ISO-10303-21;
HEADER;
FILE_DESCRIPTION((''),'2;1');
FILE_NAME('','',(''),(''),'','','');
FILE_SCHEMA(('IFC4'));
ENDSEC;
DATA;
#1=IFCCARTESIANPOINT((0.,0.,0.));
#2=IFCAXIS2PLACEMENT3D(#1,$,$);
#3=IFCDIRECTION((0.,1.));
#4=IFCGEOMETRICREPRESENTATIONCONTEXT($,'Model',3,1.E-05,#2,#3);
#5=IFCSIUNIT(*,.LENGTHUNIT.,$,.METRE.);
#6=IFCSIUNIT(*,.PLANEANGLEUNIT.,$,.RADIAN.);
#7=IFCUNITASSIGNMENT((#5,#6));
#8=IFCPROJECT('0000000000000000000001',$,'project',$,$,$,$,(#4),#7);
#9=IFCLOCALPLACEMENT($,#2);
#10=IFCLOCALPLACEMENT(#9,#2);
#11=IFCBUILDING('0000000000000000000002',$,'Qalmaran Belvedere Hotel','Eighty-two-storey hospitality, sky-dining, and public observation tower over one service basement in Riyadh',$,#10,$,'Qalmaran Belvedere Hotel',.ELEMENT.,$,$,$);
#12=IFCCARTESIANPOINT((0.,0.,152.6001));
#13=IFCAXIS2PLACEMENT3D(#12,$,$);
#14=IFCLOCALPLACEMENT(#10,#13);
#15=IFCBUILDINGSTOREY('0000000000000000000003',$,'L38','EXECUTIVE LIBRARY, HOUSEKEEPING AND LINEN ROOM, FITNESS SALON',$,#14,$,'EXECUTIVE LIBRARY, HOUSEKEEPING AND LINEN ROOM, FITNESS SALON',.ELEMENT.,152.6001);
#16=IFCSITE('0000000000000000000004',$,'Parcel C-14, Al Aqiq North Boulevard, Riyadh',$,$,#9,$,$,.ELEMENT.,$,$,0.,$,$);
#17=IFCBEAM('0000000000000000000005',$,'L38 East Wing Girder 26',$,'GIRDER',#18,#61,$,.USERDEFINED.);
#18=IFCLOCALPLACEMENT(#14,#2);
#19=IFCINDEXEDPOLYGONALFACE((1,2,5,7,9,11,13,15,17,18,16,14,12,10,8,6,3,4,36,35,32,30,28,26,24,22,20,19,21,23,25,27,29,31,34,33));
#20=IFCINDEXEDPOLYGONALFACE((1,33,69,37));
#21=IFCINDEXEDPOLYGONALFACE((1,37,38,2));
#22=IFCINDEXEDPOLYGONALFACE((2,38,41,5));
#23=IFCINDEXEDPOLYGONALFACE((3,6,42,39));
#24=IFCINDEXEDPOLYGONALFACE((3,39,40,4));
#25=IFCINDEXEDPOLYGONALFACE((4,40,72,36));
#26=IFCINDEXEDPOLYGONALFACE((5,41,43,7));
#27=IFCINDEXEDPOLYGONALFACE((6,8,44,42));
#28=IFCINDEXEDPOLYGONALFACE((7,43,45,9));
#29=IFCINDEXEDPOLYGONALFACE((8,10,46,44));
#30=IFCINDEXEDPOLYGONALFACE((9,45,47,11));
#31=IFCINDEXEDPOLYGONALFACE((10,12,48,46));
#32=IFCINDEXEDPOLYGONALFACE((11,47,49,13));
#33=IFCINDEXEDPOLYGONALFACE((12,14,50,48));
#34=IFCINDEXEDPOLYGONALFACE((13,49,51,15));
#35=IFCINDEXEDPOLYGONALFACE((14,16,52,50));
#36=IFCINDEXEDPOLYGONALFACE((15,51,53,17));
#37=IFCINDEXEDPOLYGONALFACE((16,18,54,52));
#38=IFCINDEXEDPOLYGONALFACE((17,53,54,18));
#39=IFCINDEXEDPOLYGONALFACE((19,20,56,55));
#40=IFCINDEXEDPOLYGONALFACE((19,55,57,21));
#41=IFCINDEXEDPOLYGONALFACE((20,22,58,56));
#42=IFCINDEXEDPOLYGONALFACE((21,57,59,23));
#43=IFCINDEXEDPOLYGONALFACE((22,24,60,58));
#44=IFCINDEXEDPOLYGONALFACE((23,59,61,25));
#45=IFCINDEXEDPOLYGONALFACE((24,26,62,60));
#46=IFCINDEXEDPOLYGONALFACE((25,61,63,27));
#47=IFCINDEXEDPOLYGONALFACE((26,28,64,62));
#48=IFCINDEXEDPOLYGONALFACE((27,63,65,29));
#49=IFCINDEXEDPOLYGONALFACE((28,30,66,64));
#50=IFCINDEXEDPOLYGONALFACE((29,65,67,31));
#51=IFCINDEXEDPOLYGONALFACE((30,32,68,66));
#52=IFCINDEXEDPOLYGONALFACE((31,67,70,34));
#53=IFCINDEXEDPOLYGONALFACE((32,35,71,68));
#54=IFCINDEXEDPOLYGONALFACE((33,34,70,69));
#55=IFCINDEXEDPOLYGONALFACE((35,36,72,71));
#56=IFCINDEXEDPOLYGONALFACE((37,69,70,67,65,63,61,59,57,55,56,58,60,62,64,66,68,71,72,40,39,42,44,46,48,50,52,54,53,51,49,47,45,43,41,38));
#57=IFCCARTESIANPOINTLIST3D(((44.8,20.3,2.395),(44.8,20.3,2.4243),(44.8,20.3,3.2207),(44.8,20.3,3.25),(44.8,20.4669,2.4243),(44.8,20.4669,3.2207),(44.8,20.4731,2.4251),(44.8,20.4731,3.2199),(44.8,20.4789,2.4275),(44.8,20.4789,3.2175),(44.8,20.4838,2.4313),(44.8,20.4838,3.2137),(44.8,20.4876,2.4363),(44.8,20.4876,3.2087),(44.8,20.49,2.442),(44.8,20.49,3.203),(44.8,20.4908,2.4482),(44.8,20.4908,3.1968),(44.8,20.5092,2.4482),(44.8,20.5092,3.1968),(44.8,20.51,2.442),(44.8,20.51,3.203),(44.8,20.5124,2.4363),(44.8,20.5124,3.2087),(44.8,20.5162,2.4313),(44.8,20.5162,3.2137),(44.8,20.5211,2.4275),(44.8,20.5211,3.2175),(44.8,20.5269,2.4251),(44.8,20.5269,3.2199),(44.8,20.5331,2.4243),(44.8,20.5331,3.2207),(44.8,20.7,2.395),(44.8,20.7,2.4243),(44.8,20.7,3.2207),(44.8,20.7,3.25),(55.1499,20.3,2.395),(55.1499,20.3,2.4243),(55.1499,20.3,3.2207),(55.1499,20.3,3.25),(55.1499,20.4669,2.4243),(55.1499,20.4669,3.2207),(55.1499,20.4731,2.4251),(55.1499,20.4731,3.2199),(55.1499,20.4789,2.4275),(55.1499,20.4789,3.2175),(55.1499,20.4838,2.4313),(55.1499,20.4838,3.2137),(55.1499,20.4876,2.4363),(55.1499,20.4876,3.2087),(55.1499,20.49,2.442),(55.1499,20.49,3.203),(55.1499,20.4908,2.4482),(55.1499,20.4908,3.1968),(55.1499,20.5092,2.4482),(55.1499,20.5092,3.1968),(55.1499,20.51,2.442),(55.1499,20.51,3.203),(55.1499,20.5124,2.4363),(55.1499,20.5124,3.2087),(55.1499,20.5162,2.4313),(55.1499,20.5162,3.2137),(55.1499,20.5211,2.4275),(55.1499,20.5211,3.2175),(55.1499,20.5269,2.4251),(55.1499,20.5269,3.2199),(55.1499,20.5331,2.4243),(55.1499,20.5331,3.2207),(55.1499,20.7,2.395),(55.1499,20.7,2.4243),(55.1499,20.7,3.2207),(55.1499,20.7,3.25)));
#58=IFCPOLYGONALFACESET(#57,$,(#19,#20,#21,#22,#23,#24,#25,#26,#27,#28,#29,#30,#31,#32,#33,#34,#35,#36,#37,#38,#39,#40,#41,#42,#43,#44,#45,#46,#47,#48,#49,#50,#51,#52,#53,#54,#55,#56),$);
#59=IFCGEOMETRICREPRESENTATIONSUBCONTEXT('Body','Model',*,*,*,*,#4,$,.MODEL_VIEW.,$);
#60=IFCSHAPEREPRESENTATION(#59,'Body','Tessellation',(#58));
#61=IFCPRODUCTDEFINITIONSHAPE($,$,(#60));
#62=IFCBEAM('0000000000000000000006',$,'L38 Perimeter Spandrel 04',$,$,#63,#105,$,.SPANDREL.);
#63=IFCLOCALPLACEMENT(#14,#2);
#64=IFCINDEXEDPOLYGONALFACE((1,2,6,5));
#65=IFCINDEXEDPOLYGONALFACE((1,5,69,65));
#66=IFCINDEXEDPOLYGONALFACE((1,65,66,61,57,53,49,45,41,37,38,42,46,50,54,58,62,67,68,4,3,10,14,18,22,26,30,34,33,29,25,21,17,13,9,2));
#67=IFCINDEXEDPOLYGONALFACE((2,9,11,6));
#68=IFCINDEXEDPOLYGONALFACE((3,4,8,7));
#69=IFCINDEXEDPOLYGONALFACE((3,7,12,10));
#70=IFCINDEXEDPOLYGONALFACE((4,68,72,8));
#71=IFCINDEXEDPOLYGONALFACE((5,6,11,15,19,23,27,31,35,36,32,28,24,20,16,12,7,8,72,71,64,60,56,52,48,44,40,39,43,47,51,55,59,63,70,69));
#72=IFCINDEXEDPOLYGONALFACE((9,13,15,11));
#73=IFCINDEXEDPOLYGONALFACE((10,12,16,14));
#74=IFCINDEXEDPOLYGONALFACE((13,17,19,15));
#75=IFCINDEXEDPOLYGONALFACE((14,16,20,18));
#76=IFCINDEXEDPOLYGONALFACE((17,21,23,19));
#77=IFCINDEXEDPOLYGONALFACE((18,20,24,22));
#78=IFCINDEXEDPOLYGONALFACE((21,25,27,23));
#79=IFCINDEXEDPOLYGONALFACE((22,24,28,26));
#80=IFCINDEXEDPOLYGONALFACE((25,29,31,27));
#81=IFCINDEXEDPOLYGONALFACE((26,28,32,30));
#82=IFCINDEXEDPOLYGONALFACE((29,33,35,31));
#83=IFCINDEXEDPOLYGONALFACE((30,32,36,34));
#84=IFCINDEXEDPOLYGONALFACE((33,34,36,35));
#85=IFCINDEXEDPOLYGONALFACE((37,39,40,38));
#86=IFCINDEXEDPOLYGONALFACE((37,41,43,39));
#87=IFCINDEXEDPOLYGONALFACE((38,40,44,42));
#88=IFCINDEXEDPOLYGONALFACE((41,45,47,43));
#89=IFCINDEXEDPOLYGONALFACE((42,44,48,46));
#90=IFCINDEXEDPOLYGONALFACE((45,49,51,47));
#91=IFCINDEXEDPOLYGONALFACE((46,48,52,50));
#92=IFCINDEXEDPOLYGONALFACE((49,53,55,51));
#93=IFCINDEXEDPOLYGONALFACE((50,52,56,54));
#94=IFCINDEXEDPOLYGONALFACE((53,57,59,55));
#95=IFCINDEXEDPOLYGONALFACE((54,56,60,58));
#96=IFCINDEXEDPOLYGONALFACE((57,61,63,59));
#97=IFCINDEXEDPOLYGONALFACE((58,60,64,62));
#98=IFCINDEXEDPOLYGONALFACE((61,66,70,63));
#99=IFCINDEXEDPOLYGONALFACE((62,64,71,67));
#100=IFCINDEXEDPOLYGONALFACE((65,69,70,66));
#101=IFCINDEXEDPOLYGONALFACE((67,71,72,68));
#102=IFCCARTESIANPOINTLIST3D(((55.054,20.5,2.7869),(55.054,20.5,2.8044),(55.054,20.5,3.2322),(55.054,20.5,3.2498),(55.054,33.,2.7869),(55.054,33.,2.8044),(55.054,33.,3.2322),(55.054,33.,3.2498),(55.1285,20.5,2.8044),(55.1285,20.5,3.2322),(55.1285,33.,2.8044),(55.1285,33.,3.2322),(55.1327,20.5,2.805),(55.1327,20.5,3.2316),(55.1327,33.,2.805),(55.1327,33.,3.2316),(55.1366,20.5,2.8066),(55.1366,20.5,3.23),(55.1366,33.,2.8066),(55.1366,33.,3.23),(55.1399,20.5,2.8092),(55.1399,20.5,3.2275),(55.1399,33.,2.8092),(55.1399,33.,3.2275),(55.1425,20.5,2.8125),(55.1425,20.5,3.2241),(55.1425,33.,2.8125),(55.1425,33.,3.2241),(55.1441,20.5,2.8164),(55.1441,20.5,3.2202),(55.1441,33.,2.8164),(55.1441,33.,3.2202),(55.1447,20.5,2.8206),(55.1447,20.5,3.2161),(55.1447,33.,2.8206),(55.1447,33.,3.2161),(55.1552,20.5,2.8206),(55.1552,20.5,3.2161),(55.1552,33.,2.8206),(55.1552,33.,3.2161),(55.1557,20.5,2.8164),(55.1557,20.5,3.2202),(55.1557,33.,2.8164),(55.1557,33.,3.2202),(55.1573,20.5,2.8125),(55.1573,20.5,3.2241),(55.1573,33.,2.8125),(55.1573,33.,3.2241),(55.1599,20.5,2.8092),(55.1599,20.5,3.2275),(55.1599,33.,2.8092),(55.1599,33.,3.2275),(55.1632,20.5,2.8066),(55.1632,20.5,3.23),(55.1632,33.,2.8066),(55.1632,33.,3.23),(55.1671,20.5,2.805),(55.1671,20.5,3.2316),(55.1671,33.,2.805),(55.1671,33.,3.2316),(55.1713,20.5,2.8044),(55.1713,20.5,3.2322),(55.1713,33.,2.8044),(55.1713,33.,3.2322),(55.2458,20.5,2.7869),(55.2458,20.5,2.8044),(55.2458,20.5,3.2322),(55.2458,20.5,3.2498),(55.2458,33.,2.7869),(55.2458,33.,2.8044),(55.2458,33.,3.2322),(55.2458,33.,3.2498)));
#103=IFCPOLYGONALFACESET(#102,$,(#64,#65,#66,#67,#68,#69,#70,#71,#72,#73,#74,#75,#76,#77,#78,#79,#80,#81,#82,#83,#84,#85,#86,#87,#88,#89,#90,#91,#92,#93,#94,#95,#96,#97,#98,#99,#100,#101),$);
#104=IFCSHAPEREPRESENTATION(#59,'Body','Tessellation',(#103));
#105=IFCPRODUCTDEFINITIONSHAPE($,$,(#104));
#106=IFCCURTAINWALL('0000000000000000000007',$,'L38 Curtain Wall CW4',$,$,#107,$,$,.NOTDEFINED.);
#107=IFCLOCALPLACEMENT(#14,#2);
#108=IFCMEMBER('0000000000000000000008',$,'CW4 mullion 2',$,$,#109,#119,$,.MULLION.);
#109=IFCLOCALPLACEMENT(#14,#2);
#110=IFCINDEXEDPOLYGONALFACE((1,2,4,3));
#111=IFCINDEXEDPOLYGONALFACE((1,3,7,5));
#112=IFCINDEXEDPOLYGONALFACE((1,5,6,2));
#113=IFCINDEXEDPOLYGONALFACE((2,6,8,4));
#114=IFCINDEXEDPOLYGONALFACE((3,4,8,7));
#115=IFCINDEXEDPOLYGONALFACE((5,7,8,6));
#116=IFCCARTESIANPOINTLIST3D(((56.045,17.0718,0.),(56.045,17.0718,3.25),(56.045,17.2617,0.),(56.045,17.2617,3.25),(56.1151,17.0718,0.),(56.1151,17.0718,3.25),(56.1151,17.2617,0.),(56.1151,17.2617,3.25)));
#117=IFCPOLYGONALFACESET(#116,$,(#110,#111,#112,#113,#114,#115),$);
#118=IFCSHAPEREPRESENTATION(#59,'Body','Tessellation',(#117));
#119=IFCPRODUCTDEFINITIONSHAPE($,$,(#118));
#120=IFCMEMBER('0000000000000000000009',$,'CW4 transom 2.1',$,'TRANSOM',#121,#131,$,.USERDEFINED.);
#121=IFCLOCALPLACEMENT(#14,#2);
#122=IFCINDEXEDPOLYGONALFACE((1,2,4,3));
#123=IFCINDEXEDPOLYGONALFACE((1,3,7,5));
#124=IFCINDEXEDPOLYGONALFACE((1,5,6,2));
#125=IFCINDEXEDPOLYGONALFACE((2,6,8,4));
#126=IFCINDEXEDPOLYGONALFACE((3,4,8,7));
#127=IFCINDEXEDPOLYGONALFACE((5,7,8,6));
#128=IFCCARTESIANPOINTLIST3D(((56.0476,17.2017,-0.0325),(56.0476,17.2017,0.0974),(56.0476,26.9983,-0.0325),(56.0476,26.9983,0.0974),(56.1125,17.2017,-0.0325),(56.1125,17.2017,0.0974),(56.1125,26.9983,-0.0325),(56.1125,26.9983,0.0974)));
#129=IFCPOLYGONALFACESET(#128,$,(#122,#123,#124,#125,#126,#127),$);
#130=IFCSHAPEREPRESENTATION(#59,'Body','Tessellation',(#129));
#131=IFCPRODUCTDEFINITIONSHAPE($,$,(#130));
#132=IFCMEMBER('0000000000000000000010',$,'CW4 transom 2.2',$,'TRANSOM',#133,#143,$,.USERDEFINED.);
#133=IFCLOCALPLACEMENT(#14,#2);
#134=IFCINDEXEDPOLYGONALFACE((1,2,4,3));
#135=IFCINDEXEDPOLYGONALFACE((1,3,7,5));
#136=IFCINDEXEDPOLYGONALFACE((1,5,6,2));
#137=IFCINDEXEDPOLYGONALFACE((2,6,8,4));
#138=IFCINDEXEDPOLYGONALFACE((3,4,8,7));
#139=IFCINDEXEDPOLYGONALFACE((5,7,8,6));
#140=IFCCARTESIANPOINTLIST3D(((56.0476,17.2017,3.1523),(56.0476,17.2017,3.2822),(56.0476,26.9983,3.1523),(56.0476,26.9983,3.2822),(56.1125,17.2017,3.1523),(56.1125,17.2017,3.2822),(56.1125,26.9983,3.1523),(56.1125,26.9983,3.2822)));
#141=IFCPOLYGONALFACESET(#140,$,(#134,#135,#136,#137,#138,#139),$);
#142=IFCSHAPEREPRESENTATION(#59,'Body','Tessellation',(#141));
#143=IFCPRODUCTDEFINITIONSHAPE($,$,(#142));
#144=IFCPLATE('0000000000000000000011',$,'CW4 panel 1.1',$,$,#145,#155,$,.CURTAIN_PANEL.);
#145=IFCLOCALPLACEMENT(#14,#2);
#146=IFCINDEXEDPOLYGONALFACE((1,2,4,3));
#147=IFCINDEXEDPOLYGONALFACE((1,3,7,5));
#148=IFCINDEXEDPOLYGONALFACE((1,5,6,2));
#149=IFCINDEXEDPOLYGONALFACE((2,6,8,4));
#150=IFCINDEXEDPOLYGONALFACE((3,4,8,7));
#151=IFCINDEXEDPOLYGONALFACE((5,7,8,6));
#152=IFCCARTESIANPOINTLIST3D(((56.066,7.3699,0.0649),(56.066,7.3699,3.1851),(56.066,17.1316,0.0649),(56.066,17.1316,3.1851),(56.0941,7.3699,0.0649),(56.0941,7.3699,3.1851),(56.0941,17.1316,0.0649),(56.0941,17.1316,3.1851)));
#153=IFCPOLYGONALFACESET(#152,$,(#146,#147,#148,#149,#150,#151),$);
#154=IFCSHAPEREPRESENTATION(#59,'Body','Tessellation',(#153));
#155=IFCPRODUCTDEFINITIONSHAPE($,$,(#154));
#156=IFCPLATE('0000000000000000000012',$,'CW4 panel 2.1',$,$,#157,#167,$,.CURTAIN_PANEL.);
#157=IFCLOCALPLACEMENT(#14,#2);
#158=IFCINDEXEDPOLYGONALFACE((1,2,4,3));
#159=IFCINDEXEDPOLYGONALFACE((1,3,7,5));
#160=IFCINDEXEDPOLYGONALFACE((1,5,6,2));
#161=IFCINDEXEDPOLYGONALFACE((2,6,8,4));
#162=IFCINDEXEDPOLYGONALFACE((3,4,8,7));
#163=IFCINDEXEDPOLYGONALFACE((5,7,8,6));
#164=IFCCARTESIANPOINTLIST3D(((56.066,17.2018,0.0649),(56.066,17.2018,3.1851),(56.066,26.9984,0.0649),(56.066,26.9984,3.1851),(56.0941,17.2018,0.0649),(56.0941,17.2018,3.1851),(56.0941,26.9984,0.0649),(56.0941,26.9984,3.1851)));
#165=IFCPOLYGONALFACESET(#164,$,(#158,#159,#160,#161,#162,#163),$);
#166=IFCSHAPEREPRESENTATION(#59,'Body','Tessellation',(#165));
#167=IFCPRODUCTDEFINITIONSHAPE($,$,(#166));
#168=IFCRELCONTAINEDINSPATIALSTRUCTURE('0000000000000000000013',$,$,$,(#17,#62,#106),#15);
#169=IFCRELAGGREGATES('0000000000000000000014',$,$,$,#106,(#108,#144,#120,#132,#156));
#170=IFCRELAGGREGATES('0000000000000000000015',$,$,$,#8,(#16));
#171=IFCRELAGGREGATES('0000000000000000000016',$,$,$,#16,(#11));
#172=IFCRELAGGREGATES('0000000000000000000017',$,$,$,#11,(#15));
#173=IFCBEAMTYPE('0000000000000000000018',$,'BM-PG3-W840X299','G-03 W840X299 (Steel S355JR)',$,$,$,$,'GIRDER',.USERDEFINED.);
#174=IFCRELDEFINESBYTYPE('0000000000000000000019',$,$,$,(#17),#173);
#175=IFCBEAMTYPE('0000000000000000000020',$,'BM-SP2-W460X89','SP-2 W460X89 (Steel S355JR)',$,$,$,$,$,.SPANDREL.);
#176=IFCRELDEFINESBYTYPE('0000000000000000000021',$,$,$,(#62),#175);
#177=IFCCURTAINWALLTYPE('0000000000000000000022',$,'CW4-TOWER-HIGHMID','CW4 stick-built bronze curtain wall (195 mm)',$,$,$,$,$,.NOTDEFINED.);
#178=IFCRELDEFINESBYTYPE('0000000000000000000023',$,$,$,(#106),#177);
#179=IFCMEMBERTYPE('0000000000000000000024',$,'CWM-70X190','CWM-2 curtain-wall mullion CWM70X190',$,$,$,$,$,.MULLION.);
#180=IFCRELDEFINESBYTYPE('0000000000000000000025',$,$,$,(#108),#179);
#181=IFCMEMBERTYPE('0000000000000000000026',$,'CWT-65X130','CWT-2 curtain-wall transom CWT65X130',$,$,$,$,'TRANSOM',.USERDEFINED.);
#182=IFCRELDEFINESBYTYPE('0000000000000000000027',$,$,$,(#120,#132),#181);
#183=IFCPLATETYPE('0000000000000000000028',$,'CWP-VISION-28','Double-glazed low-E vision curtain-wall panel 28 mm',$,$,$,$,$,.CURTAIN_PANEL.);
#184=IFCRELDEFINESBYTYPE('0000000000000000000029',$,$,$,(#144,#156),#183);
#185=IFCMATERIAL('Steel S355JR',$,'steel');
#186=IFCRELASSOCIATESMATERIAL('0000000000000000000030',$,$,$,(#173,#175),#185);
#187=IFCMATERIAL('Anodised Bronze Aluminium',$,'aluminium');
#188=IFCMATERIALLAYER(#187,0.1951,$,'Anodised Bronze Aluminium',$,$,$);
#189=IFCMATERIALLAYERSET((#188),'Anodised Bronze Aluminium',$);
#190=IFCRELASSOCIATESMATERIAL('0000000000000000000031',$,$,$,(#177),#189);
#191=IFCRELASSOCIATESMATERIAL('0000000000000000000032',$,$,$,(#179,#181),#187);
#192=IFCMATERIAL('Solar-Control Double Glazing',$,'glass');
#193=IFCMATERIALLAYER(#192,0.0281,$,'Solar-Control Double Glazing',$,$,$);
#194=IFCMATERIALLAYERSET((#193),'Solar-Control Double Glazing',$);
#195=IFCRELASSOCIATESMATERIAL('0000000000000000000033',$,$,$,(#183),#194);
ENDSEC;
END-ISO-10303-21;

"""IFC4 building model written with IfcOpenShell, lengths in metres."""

from ifc_helpers import new_model, si_unit, direction, frame, origin, origin_2d, place, context, subcontext, project, spatial, rectangle, i_section, extrude, material, layer, layer_set, material_profile, profile_set, type_object, element, aggregate, save


model = new_model("IFC4")

# Units and contexts
model_context = context("Model", 3, precision=1e-05, world=origin(), true_north=direction((0.0, 1.0)))
body_context = subcontext(model_context, "Body", "Model", "MODEL_VIEW")
ifc_project = project(units=[si_unit("LENGTHUNIT", "METRE"), si_unit("PLANEANGLEUNIT", "RADIAN")], contexts=[model_context])

# Site, building, storey
site_placement = place(None, origin())
site = spatial("IfcSite", under=ifc_project, at=site_placement, Name="Parcel C-14, Al Aqiq North Boulevard, Riyadh", CompositionType="ELEMENT", RefElevation=0.0)
building_placement = place(site_placement, origin())
building = spatial("IfcBuilding", under=site, at=building_placement, Name="Qalmaran Belvedere Hotel", Description="Eighty-two-storey hospitality, sky-dining, and public observation tower over one service basement in Riyadh", LongName="Qalmaran Belvedere Hotel", CompositionType="ELEMENT")
storey_placement = place(building_placement, frame((0.0, 0.0, 152.6001)))
storey = spatial("IfcBuildingStorey", under=building, at=storey_placement, Name="L38", Description="EXECUTIVE LIBRARY, HOUSEKEEPING AND LINEN ROOM, FITNESS SALON", LongName="EXECUTIVE LIBRARY, HOUSEKEEPING AND LINEN ROOM, FITNESS SALON", CompositionType="ELEMENT", Elevation=152.6001)

# Beams
ifc_material_1 = material(Name="Steel S355JR", Category="steel")
ifc_material_profile_1 = material_profile(ifc_material_1, i_section(OverallWidth=0.3999, OverallDepth=0.855, WebThickness=0.0183, FlangeThickness=0.0293, FilletRadius=0.0239, at=origin_2d()), Name="W840X299")
ifc_profile_set_1 = profile_set([ifc_material_profile_1], Name="Steel S355JR")
beam_type_1 = type_object("IfcBeamType", Name="BM-PG3-W840X299", Description="G-03 W840X299 (Steel S355JR)", ElementType="GIRDER", PredefinedType="USERDEFINED", material=ifc_profile_set_1)
beam_1_placement = place(storey_placement, frame((44.8, 20.5, 2.8225), z_axis=(1.0, 0.0, 0.0), x_axis=(0.0, 1.0, 0.0)))
element("IfcBeam", 1, at=beam_1_placement, inside=storey, type_object=beam_type_1, Name="L38 East Wing Girder 26", ObjectType="GIRDER", PredefinedType="USERDEFINED", context=body_context, shape_type="SweptSolid", body=[
    extrude(i_section(OverallWidth=0.3999, OverallDepth=0.855, WebThickness=0.0183, FlangeThickness=0.0293, FilletRadius=0.0239, at=origin_2d()), origin(), (0.0, 0.0, 1.0), 10.3499),
])
ifc_material_profile_2 = material_profile(ifc_material_1, i_section(OverallWidth=0.1919, OverallDepth=0.4629, WebThickness=0.0105, FlangeThickness=0.0176, FilletRadius=0.0161, at=origin_2d()), Name="W460X89")
ifc_profile_set_2 = profile_set([ifc_material_profile_2], Name="Steel S355JR")
beam_type_2 = type_object("IfcBeamType", Name="BM-SP2-W460X89", Description="SP-2 W460X89 (Steel S355JR)", PredefinedType="SPANDREL", material=ifc_profile_set_2)
beam_2_placement = place(storey_placement, frame((55.1499, 20.5, 3.0183), z_axis=(0.0, 1.0, 0.0), x_axis=(-1.0, 0.0, 0.0)))
element("IfcBeam", 2, at=beam_2_placement, inside=storey, type_object=beam_type_2, Name="L38 Perimeter Spandrel 04", PredefinedType="SPANDREL", context=body_context, shape_type="SweptSolid", body=[
    extrude(i_section(OverallWidth=0.1919, OverallDepth=0.4629, WebThickness=0.0105, FlangeThickness=0.0176, FilletRadius=0.0161, at=origin_2d()), origin(), (0.0, 0.0, 1.0), 12.5),
])

# Curtain wall, members, plates
ifc_material_2 = material(Name="Anodised Bronze Aluminium", Category="aluminium")
ifc_layer_1 = layer(ifc_material_2, 0.1951, Name="Anodised Bronze Aluminium")
ifc_layer_set_1 = layer_set([ifc_layer_1], Name="Anodised Bronze Aluminium")
curtain_wall_type = type_object("IfcCurtainWallType", Name="CW4-TOWER-HIGHMID", Description="CW4 stick-built bronze curtain wall (195 mm)", PredefinedType="NOTDEFINED", material=ifc_layer_set_1)
curtain_wall_placement = place(storey_placement, origin())
curtain_wall = element("IfcCurtainWall", 3, at=curtain_wall_placement, inside=storey, type_object=curtain_wall_type, Name="L38 Curtain Wall CW4", PredefinedType="NOTDEFINED")
ifc_material_profile_3 = material_profile(ifc_material_2, rectangle(XDim=0.0701, YDim=0.1899, at=origin_2d()), Name="CWM70X190")
ifc_profile_set_3 = profile_set([ifc_material_profile_3], Name="Anodised Bronze Aluminium")
member_type_1 = type_object("IfcMemberType", Name="CWM-70X190", Description="CWM-2 curtain-wall mullion CWM70X190", PredefinedType="MULLION", material=ifc_profile_set_3)
member_1_placement = place(storey_placement, frame((56.0801, 17.1667, 0.0), z_axis=(0.0, 0.0, 1.0), x_axis=(-1.0, 0.0, 0.0)))
member_1 = element("IfcMember", 4, at=member_1_placement, type_object=member_type_1, Name="CW4 mullion 2", PredefinedType="MULLION", context=body_context, shape_type="SweptSolid", body=[
    extrude(rectangle(XDim=0.0701, YDim=0.1899, at=origin_2d()), origin(), (0.0, 0.0, 1.0), 3.25),
])
ifc_material_profile_4 = material_profile(ifc_material_2, rectangle(XDim=0.0649, YDim=0.1299, at=origin_2d()), Name="CWT65X130")
ifc_profile_set_4 = profile_set([ifc_material_profile_4], Name="Anodised Bronze Aluminium")
member_type_2 = type_object("IfcMemberType", Name="CWT-65X130", Description="CWT-2 curtain-wall transom CWT65X130", ElementType="TRANSOM", PredefinedType="USERDEFINED", material=ifc_profile_set_4)
member_2_placement = place(storey_placement, frame((56.0801, 17.2017, 0.0325), z_axis=(0.0, 1.0, 0.0), x_axis=(-1.0, 0.0, 0.0)))
member_2 = element("IfcMember", 5, at=member_2_placement, type_object=member_type_2, Name="CW4 transom 2.1", ObjectType="TRANSOM", PredefinedType="USERDEFINED", context=body_context, shape_type="SweptSolid", body=[
    extrude(rectangle(XDim=0.0649, YDim=0.1299, at=origin_2d()), origin(), (0.0, 0.0, 1.0), 9.7966),
])
member_3_placement = place(storey_placement, frame((56.0801, 17.2017, 3.2173), z_axis=(0.0, 1.0, 0.0), x_axis=(-1.0, 0.0, 0.0)))
member_3 = element("IfcMember", 6, at=member_3_placement, type_object=member_type_2, Name="CW4 transom 2.2", ObjectType="TRANSOM", PredefinedType="USERDEFINED", context=body_context, shape_type="SweptSolid", body=[
    extrude(rectangle(XDim=0.0649, YDim=0.1299, at=origin_2d()), origin(), (0.0, 0.0, 1.0), 9.7966),
])
ifc_material_3 = material(Name="Solar-Control Double Glazing", Category="glass")
ifc_layer_2 = layer(ifc_material_3, 0.0281, Name="Solar-Control Double Glazing")
ifc_layer_set_2 = layer_set([ifc_layer_2], Name="Solar-Control Double Glazing")
plate_type = type_object("IfcPlateType", Name="CWP-VISION-28", Description="Double-glazed low-E vision curtain-wall panel 28 mm", PredefinedType="CURTAIN_PANEL", material=ifc_layer_set_2)
plate_1_placement = place(storey_placement, frame((56.0801, 12.2507, 0.0649), z_axis=(0.0, 0.0, 1.0), x_axis=(0.0, 1.0, 0.0)))
plate_1 = element("IfcPlate", 7, at=plate_1_placement, type_object=plate_type, Name="CW4 panel 1.1", PredefinedType="CURTAIN_PANEL", context=body_context, shape_type="SweptSolid", body=[
    extrude(rectangle(XDim=9.7617, YDim=0.0281, at=origin_2d()), origin(), (0.0, 0.0, 1.0), 3.1201),
])
plate_2_placement = place(storey_placement, frame((56.0801, 22.1001, 0.0649), z_axis=(0.0, 0.0, 1.0), x_axis=(0.0, 1.0, 0.0)))
plate_2 = element("IfcPlate", 8, at=plate_2_placement, type_object=plate_type, Name="CW4 panel 2.1", PredefinedType="CURTAIN_PANEL", context=body_context, shape_type="SweptSolid", body=[
    extrude(rectangle(XDim=9.7966, YDim=0.0281, at=origin_2d()), origin(), (0.0, 0.0, 1.0), 3.1201),
])
aggregate(curtain_wall, [member_1, plate_1, member_2, member_3, plate_2])

save(model, "model.ifc")
